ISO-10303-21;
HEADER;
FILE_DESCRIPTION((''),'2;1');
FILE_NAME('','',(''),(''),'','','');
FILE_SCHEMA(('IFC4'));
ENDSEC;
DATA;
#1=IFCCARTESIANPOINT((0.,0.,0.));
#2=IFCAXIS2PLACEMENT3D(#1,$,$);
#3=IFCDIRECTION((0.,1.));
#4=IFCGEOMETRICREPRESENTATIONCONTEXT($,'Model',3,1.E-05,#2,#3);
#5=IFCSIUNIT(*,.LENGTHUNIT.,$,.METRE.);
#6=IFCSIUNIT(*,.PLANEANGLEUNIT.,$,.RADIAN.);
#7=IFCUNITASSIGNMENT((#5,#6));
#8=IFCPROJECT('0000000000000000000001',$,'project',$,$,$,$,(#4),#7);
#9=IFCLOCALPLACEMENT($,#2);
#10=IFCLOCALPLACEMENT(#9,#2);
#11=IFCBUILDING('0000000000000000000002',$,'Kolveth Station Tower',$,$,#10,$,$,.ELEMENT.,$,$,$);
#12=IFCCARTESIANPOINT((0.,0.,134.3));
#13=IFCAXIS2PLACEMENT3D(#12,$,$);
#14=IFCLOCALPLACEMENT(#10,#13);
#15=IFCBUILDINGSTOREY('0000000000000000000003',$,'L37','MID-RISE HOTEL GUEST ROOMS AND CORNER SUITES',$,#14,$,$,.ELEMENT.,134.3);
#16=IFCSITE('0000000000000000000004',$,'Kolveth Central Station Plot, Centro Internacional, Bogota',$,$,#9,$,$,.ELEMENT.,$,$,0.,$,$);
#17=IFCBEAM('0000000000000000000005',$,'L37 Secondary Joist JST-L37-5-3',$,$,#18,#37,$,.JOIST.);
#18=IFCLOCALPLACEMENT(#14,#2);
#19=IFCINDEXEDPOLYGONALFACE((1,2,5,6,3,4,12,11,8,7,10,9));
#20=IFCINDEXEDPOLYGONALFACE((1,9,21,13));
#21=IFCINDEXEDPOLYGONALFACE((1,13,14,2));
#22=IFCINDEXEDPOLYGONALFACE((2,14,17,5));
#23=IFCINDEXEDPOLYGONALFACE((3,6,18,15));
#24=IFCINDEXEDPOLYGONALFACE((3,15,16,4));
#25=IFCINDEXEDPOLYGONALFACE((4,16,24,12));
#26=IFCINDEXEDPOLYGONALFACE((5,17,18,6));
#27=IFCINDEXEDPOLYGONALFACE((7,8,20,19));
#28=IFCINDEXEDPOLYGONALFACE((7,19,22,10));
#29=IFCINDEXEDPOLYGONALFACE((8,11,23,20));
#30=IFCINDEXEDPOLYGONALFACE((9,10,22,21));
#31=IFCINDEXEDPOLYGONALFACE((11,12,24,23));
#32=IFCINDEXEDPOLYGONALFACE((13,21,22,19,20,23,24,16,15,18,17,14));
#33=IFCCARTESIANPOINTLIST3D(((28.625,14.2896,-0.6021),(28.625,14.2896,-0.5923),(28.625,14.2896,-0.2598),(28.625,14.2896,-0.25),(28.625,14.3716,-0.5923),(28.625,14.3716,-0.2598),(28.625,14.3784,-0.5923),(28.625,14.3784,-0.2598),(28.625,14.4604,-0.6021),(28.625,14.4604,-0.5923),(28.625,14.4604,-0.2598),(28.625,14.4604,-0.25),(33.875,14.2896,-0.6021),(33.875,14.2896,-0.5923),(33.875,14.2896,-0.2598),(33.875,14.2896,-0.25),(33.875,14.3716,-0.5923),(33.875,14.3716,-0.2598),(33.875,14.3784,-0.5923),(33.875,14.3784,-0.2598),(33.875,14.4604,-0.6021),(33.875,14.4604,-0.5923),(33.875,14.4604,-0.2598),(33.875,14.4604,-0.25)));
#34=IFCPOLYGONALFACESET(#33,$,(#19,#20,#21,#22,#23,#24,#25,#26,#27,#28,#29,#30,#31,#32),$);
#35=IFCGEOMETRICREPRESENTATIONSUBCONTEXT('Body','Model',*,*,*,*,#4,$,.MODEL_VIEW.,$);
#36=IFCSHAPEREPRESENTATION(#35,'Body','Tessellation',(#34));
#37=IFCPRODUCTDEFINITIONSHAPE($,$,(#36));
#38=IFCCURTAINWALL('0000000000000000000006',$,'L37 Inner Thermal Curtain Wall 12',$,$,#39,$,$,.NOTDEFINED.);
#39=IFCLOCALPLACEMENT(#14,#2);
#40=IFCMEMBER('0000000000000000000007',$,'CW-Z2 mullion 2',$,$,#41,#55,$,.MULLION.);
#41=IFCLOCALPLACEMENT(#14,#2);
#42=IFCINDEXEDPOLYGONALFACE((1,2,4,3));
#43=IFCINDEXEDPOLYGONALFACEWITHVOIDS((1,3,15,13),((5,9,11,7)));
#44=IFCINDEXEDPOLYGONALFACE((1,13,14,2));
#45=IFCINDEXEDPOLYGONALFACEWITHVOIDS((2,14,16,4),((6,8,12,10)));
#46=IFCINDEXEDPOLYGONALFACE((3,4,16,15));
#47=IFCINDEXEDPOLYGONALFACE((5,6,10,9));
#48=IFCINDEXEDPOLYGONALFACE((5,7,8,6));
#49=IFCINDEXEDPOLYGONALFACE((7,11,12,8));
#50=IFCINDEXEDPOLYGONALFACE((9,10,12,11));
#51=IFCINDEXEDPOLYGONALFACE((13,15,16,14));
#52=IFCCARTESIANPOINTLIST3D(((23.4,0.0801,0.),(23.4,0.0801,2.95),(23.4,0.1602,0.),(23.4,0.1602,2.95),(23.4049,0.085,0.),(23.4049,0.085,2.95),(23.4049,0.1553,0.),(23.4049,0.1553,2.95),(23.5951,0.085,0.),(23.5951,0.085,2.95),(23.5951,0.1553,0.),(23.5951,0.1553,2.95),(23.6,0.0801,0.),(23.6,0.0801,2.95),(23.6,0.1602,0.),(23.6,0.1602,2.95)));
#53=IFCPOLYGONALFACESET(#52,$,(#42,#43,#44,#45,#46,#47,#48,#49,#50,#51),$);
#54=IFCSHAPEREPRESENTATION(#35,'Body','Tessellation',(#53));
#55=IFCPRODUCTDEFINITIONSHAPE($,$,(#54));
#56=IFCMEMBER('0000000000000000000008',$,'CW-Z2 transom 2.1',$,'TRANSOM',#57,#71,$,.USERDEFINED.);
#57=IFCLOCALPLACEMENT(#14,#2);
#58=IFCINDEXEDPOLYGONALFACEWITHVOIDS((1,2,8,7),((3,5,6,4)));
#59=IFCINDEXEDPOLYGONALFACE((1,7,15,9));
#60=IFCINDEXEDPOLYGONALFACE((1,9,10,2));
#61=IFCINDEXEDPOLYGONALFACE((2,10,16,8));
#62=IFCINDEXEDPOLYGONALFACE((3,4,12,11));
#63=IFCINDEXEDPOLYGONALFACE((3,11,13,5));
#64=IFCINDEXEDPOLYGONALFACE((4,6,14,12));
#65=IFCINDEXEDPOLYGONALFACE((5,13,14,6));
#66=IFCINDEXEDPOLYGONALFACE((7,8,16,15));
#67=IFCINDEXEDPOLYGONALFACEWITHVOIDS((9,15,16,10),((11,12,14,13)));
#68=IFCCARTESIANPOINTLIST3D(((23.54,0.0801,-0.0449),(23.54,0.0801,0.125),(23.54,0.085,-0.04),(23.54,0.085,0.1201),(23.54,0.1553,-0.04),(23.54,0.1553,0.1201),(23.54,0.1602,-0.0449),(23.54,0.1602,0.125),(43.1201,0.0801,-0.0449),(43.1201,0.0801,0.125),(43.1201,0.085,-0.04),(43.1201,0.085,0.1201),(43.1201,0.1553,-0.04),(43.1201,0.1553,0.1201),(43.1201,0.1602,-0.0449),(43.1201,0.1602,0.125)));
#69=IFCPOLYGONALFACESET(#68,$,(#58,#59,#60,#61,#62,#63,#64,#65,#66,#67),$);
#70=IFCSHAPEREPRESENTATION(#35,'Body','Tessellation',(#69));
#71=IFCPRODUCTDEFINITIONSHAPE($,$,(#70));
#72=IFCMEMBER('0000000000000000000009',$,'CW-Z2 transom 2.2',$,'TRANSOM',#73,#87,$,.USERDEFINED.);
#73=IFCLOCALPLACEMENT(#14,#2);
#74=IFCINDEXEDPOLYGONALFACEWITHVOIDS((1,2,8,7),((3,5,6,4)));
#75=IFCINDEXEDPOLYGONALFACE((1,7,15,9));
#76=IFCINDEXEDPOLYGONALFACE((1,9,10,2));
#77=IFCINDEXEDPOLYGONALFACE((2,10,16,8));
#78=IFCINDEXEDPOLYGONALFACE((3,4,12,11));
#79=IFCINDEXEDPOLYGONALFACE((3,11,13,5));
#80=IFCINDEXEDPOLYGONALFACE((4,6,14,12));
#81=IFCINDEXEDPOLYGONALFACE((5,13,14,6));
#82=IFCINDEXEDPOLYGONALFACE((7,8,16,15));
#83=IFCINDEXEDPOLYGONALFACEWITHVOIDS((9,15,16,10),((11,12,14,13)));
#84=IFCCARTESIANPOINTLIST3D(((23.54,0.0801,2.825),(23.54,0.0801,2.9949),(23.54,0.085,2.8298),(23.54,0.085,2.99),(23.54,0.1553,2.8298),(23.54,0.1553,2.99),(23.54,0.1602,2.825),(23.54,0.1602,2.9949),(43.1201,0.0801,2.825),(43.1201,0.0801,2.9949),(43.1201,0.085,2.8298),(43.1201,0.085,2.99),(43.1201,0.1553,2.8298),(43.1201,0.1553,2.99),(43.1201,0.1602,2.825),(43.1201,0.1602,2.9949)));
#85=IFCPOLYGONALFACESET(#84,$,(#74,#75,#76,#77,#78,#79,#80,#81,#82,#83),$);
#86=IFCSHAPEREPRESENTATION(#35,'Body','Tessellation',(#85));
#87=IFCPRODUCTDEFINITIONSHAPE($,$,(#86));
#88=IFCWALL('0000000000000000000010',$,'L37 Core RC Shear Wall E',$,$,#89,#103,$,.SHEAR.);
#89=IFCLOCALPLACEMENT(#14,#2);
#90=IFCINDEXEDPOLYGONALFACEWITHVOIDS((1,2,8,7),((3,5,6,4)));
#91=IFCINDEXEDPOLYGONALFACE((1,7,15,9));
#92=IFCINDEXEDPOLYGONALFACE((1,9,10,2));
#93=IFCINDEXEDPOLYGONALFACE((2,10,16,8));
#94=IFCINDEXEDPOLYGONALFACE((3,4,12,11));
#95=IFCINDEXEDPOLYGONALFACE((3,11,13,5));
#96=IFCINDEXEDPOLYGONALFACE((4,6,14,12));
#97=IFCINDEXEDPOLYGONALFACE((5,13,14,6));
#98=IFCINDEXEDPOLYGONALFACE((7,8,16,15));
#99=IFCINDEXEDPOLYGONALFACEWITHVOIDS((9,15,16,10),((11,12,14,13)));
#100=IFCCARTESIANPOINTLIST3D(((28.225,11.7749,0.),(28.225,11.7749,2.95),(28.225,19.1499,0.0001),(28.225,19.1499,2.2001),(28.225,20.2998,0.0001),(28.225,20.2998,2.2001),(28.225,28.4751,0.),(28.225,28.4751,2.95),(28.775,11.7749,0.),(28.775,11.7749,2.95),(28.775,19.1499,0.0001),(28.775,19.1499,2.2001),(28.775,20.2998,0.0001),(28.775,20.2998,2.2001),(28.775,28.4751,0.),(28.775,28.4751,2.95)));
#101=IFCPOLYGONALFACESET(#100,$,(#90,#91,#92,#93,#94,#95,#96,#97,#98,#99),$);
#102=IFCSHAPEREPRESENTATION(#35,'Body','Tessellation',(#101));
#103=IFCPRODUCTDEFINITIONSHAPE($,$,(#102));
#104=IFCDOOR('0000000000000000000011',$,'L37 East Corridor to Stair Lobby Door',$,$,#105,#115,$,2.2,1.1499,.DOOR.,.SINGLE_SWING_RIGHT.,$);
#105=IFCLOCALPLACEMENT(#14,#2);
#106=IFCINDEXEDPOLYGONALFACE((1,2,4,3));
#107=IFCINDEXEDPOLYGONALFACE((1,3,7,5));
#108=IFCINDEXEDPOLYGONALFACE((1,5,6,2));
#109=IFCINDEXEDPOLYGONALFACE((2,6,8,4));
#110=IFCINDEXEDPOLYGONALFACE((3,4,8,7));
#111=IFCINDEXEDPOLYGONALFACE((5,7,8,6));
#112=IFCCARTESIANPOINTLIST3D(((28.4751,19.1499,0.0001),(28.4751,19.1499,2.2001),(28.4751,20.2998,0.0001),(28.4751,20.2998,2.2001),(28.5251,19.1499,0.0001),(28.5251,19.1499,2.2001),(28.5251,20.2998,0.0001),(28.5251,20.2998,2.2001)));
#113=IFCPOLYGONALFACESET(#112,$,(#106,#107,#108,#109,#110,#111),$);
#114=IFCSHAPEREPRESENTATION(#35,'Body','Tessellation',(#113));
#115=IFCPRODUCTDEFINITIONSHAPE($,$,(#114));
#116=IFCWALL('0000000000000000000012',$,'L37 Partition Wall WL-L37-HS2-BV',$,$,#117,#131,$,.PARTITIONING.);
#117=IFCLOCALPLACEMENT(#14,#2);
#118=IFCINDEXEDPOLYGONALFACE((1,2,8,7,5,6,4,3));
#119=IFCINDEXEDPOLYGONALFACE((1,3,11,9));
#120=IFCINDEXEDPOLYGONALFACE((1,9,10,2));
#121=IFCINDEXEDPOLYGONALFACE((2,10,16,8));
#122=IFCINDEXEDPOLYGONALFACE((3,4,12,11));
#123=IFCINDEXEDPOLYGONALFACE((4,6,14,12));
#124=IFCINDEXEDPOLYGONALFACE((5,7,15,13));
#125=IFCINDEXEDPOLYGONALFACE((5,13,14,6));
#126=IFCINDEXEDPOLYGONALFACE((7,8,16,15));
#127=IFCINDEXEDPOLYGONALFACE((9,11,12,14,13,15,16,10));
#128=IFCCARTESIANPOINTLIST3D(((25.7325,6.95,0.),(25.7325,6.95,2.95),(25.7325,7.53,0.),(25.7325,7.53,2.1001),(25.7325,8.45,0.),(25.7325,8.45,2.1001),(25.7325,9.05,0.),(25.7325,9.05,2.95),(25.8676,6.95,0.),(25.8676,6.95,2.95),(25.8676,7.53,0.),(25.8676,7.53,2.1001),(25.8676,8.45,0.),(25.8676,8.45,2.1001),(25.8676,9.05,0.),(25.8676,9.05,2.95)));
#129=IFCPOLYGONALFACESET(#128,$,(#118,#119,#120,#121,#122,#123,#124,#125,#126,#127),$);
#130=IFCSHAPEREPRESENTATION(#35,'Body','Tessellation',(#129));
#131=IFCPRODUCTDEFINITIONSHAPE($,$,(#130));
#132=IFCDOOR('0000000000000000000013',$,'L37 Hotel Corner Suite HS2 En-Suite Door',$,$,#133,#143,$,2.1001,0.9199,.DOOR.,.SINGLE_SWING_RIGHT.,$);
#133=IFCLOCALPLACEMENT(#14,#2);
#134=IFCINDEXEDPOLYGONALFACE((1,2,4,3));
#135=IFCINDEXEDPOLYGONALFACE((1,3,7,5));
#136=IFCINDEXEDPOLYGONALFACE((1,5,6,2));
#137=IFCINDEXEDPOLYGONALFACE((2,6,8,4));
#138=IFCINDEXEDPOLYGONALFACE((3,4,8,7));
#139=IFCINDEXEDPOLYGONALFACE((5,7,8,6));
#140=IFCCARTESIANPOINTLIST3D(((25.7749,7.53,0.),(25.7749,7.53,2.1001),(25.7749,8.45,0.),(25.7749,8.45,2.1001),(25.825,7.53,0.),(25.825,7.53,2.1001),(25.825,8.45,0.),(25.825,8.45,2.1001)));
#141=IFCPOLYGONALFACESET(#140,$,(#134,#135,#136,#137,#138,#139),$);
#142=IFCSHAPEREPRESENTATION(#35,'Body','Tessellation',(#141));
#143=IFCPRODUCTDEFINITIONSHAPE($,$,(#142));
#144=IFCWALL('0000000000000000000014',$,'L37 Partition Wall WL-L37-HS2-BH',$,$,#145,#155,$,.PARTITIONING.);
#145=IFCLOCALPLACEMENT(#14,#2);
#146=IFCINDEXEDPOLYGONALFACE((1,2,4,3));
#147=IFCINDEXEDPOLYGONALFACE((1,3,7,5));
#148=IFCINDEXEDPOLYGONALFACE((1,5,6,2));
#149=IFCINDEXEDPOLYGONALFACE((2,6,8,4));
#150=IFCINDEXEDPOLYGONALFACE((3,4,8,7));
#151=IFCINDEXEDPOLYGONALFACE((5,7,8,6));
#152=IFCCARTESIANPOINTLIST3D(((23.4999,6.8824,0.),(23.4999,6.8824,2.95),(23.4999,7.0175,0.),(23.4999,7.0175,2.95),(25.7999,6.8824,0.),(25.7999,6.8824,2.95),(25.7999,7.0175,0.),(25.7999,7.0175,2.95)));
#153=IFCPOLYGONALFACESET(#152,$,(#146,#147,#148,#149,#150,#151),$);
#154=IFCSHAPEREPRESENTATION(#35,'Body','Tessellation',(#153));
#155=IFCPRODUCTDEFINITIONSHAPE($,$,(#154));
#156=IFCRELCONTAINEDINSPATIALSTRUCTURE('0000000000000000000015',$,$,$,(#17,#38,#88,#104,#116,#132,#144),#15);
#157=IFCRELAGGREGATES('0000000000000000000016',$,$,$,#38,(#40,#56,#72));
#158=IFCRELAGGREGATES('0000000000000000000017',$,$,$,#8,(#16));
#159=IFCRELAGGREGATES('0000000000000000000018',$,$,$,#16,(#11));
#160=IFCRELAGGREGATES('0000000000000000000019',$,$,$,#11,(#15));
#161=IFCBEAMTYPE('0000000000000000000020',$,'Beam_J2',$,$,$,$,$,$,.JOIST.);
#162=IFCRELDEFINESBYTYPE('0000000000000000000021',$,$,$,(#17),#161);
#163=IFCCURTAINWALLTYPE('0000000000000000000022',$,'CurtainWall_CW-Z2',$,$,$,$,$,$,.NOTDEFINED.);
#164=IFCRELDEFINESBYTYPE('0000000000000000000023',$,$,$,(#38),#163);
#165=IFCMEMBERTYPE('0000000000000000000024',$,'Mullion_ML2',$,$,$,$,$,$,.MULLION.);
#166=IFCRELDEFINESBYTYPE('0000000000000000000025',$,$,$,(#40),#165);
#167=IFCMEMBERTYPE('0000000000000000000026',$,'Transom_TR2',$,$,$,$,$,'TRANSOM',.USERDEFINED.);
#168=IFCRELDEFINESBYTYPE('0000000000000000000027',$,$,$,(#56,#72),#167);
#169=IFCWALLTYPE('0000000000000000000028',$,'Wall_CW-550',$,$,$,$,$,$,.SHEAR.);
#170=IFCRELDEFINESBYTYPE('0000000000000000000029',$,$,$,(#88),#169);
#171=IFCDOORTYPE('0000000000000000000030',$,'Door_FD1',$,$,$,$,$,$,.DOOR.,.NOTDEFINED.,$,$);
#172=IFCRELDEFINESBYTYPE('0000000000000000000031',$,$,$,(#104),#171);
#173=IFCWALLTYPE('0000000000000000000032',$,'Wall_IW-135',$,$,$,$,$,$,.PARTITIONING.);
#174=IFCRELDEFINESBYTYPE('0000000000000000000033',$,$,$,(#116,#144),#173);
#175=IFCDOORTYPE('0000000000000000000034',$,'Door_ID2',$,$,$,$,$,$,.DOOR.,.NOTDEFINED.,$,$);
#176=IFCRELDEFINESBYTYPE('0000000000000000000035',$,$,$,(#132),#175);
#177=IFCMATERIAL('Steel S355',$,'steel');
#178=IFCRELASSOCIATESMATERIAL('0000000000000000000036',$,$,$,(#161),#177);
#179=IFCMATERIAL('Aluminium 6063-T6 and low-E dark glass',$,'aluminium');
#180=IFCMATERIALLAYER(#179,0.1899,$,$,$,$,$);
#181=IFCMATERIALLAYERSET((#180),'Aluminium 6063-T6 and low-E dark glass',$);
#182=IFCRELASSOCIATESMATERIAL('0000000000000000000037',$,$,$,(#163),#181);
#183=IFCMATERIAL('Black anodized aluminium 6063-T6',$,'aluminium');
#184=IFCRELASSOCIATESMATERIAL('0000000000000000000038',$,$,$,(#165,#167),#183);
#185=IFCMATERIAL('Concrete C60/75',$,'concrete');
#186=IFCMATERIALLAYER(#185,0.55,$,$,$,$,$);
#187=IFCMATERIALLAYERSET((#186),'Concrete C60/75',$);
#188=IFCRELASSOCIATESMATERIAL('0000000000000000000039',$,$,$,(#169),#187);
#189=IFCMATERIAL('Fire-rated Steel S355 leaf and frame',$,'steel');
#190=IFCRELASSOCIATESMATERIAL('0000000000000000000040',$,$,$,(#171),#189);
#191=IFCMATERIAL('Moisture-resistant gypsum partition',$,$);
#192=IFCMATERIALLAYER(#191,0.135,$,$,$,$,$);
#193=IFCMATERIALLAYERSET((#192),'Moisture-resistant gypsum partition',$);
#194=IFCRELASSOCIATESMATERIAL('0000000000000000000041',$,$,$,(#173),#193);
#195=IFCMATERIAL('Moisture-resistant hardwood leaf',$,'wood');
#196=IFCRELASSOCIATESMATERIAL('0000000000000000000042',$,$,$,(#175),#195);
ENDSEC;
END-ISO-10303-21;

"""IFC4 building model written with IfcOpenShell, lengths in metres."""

from ifc_helpers import new_model, si_unit, direction, frame, frame_2d, origin, origin_2d, place, context, subcontext, project, spatial, rectangle, hollow_rectangle, i_section, extrude, source, transform, mapped, material, layer, layer_set, material_profile, profile_set, type_object, element, fill, aggregate, save


model = new_model("IFC4")

# Units and contexts
model_context = context("Model", 3, precision=1e-05, world=origin(), true_north=direction((0.0, 1.0)))
body_context = subcontext(model_context, "Body", "Model", "MODEL_VIEW")
ifc_project = project(units=[si_unit("LENGTHUNIT", "METRE"), si_unit("PLANEANGLEUNIT", "RADIAN")], contexts=[model_context])

# Site, building, storey
site_placement = place(None, origin())
site = spatial("IfcSite", under=ifc_project, at=site_placement, Name="Kolveth Central Station Plot, Centro Internacional, Bogota", CompositionType="ELEMENT", RefElevation=0.0)
building_placement = place(site_placement, origin())
building = spatial("IfcBuilding", under=site, at=building_placement, Name="Kolveth Station Tower", CompositionType="ELEMENT")
storey_placement = place(building_placement, frame((0.0, 0.0, 134.3)))
storey = spatial("IfcBuildingStorey", under=building, at=storey_placement, Name="L37", Description="MID-RISE HOTEL GUEST ROOMS AND CORNER SUITES", CompositionType="ELEMENT", Elevation=134.3)

# Shared definitions
ifc_material_1 = material(Name="Steel S355", Category="steel")

# Beam
ifc_material_profile_1 = material_profile(ifc_material_1, i_section(OverallWidth=0.1709, OverallDepth=0.3521, WebThickness=0.0068, FlangeThickness=0.0098, at=origin_2d()), Name="W360x44")
ifc_profile_set_1 = profile_set([ifc_material_profile_1], Name="Steel S355")
beam_type_1 = type_object("IfcBeamType", Name="Beam_J2", PredefinedType="JOIST", material=ifc_profile_set_1)
shared_shape_1 = source(origin(), body_context, "Body", "SweptSolid", [
    extrude(i_section(OverallWidth=0.1709, OverallDepth=0.3521, WebThickness=0.0068, FlangeThickness=0.0098, at=origin_2d()), origin(), (0.0, 0.0, 1.0), 5.25),
])
for number, where, z_axis, x_axis, name in (
    (1, (28.625, 14.375, -0.426), (1.0, 0.0, 0.0), (0.0, 1.0, 0.0), "L37 Secondary Joist JST-L37-5-3"),
):
    element("IfcBeam", number, at=place(storey_placement, frame(where, z_axis=z_axis, x_axis=x_axis)), inside=storey, type_object=beam_type_1, Name=name, PredefinedType="JOIST", context=body_context, shape_type="MappedRepresentation", body=[
        mapped(shared_shape_1, transform((0.0, 0.0, 0.0), x_axis=(1.0, 0.0, 0.0), y_axis=(0.0, 1.0, 0.0), z_axis=(0.0, 0.0, 1.0), scale=1.0)),
    ])

# Curtain wall, members
ifc_material_2 = material(Name="Aluminium 6063-T6 and low-E dark glass", Category="aluminium")
ifc_layer_1 = layer(ifc_material_2, 0.1899)
ifc_layer_set_1 = layer_set([ifc_layer_1], Name="Aluminium 6063-T6 and low-E dark glass")
curtain_wall_type = type_object("IfcCurtainWallType", Name="CurtainWall_CW-Z2", PredefinedType="NOTDEFINED", material=ifc_layer_set_1)
curtain_wall_placement = place(storey_placement, origin())
curtain_wall = element("IfcCurtainWall", 2, at=curtain_wall_placement, inside=storey, type_object=curtain_wall_type, Name="L37 Inner Thermal Curtain Wall 12", PredefinedType="NOTDEFINED")
ifc_material_3 = material(Name="Black anodized aluminium 6063-T6", Category="aluminium")
ifc_material_profile_2 = material_profile(ifc_material_3, hollow_rectangle(XDim=0.0801, YDim=0.2, WallThickness=0.0049, at=origin_2d()), Name="ALU-80x200x5")
ifc_profile_set_2 = profile_set([ifc_material_profile_2], Name="Black anodized aluminium 6063-T6")
member_type_1 = type_object("IfcMemberType", Name="Mullion_ML2", PredefinedType="MULLION", material=ifc_profile_set_2)
shared_shape_2 = source(origin(), body_context, "Body", "SweptSolid", [
    extrude(hollow_rectangle(XDim=0.0801, YDim=0.2, WallThickness=0.0049, at=origin_2d()), origin(), (0.0, 0.0, 1.0), 2.95),
])
member_1_placement = place(storey_placement, frame((23.5, 0.1201, 0.0), z_axis=(0.0, 0.0, 1.0), x_axis=(0.0, 1.0, 0.0)))
member_1 = element("IfcMember", 3, at=member_1_placement, type_object=member_type_1, Name="CW-Z2 mullion 2", PredefinedType="MULLION", context=body_context, shape_type="MappedRepresentation", body=[
    mapped(shared_shape_2, transform((0.0, 0.0, 0.0), x_axis=(1.0, 0.0, 0.0), y_axis=(0.0, 1.0, 0.0), z_axis=(0.0, 0.0, 1.0), scale=1.0)),
])
ifc_material_profile_3 = material_profile(ifc_material_3, hollow_rectangle(XDim=0.0801, YDim=0.1699, WallThickness=0.0049, at=origin_2d()), Name="ALU-80x170x5")
ifc_profile_set_3 = profile_set([ifc_material_profile_3], Name="Black anodized aluminium 6063-T6")
member_type_2 = type_object("IfcMemberType", Name="Transom_TR2", ElementType="TRANSOM", PredefinedType="USERDEFINED", material=ifc_profile_set_3)
shared_shape_3 = source(origin(), body_context, "Body", "SweptSolid", [
    extrude(hollow_rectangle(XDim=0.0801, YDim=0.1699, WallThickness=0.0049, at=origin_2d()), origin(), (0.0, 0.0, 1.0), 19.5801),
])
member_2_placement = place(storey_placement, frame((23.54, 0.1201, 0.04), z_axis=(1.0, 0.0, 0.0), x_axis=(0.0, 1.0, 0.0)))
member_2 = element("IfcMember", 4, at=member_2_placement, type_object=member_type_2, Name="CW-Z2 transom 2.1", ObjectType="TRANSOM", PredefinedType="USERDEFINED", context=body_context, shape_type="MappedRepresentation", body=[
    mapped(shared_shape_3, transform((0.0, 0.0, 0.0), x_axis=(1.0, 0.0, 0.0), y_axis=(0.0, 1.0, 0.0), z_axis=(0.0, 0.0, 1.0), scale=1.0)),
])
member_3_placement = place(storey_placement, frame((23.54, 0.1201, 2.9099), z_axis=(1.0, 0.0, 0.0), x_axis=(0.0, 1.0, 0.0)))
member_3 = element("IfcMember", 5, at=member_3_placement, type_object=member_type_2, Name="CW-Z2 transom 2.2", ObjectType="TRANSOM", PredefinedType="USERDEFINED", context=body_context, shape_type="MappedRepresentation", body=[
    mapped(shared_shape_3, transform((0.0, 0.0, 0.0), x_axis=(1.0, 0.0, 0.0), y_axis=(0.0, 1.0, 0.0), z_axis=(0.0, 0.0, 1.0), scale=1.0)),
])
aggregate(curtain_wall, [member_1, member_2, member_3])

# Walls, openings, doors
ifc_material_4 = material(Name="Concrete C60/75", Category="concrete")
ifc_layer_2 = layer(ifc_material_4, 0.55)
ifc_layer_set_2 = layer_set([ifc_layer_2], Name="Concrete C60/75")
wall_type_1 = type_object("IfcWallType", Name="Wall_CW-550", PredefinedType="SHEAR", material=ifc_layer_set_2)
wall_1_placement = place(storey_placement, frame((28.5, 11.7749, 0.0), z_axis=(0.0, 0.0, 1.0), x_axis=(0.0, 1.0, 0.0)))
wall_1 = element("IfcWall", 6, at=wall_1_placement, inside=storey, type_object=wall_type_1, Name="L37 Core RC Shear Wall E", PredefinedType="SHEAR", context=body_context, shape_type="SweptSolid", body=[
    extrude(rectangle(XDim=16.7002, YDim=0.55, at=frame_2d((8.3501, 0.0))), origin(), (0.0, 0.0, 1.0), 2.95),
])
opening_1_placement = place(wall_1_placement, frame((7.375, 0.0, 0.0)))
opening_1 = element("IfcOpeningElement", 7, at=opening_1_placement, cuts=wall_1, PredefinedType="OPENING", context=body_context, shape_type="SweptSolid", body=[
    extrude(rectangle(XDim=1.1499, YDim=2.2, at=frame_2d((0.575, 1.1001))), frame((0.0, 0.2849, 0.0), z_axis=(0.0, -1.0, 0.0), x_axis=(1.0, 0.0, 0.0)), (0.0, 0.0, 1.0), 0.5701),
])
ifc_material_5 = material(Name="Fire-rated Steel S355 leaf and frame", Category="steel")
door_type_1 = type_object("IfcDoorType", Name="Door_FD1", OperationType="NOTDEFINED", PredefinedType="DOOR", material=ifc_material_5)
door_1_placement = place(opening_1_placement, origin())
door_1 = element("IfcDoor", 8, at=door_1_placement, inside=storey, type_object=door_type_1, Name="L37 East Corridor to Stair Lobby Door", OperationType="SINGLE_SWING_RIGHT", OverallHeight=2.2, OverallWidth=1.1499, PredefinedType="DOOR", context=body_context, shape_type="SweptSolid", body=[
    extrude(rectangle(XDim=1.1499, YDim=2.2, at=frame_2d((0.575, 1.1001))), frame((0.0, 0.0249, 0.0), z_axis=(0.0, -1.0, 0.0), x_axis=(1.0, 0.0, 0.0)), (0.0, 0.0, 1.0), 0.05),
])
fill(opening_1, door_1)
ifc_material_6 = material(Name="Moisture-resistant gypsum partition")
ifc_layer_3 = layer(ifc_material_6, 0.135)
ifc_layer_set_3 = layer_set([ifc_layer_3], Name="Moisture-resistant gypsum partition")
wall_type_2 = type_object("IfcWallType", Name="Wall_IW-135", PredefinedType="PARTITIONING", material=ifc_layer_set_3)
wall_2_placement = place(storey_placement, frame((25.8, 6.95, 0.0), z_axis=(0.0, 0.0, 1.0), x_axis=(0.0, 1.0, 0.0)))
wall_2 = element("IfcWall", 9, at=wall_2_placement, inside=storey, type_object=wall_type_2, Name="L37 Partition Wall WL-L37-HS2-BV", PredefinedType="PARTITIONING", context=body_context, shape_type="SweptSolid", body=[
    extrude(rectangle(XDim=2.1001, YDim=0.135, at=frame_2d((1.05, 0.0))), origin(), (0.0, 0.0, 1.0), 2.95),
])
opening_2_placement = place(wall_2_placement, frame((0.5801, 0.0, 0.0)))
opening_2 = element("IfcOpeningElement", 10, at=opening_2_placement, cuts=wall_2, PredefinedType="OPENING", context=body_context, shape_type="SweptSolid", body=[
    extrude(rectangle(XDim=0.9199, YDim=2.1001, at=frame_2d((0.46, 1.05))), frame((0.0, 0.0774, 0.0), z_axis=(0.0, -1.0, 0.0), x_axis=(1.0, 0.0, 0.0)), (0.0, 0.0, 1.0), 0.155),
])
ifc_material_7 = material(Name="Moisture-resistant hardwood leaf", Category="wood")
door_type_2 = type_object("IfcDoorType", Name="Door_ID2", OperationType="NOTDEFINED", PredefinedType="DOOR", material=ifc_material_7)
door_2_placement = place(opening_2_placement, frame((0.9199, 0.0, 0.0), z_axis=(0.0, 0.0, 1.0), x_axis=(-1.0, 0.0, 0.0)))
door_2 = element("IfcDoor", 11, at=door_2_placement, inside=storey, type_object=door_type_2, Name="L37 Hotel Corner Suite HS2 En-Suite Door", OperationType="SINGLE_SWING_RIGHT", OverallHeight=2.1001, OverallWidth=0.9199, PredefinedType="DOOR", context=body_context, shape_type="SweptSolid", body=[
    extrude(rectangle(XDim=0.9199, YDim=2.1001, at=frame_2d((0.46, 1.05))), frame((0.0, 0.0249, 0.0), z_axis=(0.0, -1.0, 0.0), x_axis=(1.0, 0.0, 0.0)), (0.0, 0.0, 1.0), 0.05),
])
fill(opening_2, door_2)

# Wall
wall_3_placement = place(storey_placement, frame((23.5, 6.95, 0.0), z_axis=(0.0, 0.0, 1.0), x_axis=(1.0, 0.0, 0.0)))
element("IfcWall", 12, at=wall_3_placement, inside=storey, type_object=wall_type_2, Name="L37 Partition Wall WL-L37-HS2-BH", PredefinedType="PARTITIONING", context=body_context, shape_type="SweptSolid", body=[
    extrude(rectangle(XDim=2.3, YDim=0.135, at=frame_2d((1.1499, 0.0))), origin(), (0.0, 0.0, 1.0), 2.95),
])

save(model, "model.ifc")
